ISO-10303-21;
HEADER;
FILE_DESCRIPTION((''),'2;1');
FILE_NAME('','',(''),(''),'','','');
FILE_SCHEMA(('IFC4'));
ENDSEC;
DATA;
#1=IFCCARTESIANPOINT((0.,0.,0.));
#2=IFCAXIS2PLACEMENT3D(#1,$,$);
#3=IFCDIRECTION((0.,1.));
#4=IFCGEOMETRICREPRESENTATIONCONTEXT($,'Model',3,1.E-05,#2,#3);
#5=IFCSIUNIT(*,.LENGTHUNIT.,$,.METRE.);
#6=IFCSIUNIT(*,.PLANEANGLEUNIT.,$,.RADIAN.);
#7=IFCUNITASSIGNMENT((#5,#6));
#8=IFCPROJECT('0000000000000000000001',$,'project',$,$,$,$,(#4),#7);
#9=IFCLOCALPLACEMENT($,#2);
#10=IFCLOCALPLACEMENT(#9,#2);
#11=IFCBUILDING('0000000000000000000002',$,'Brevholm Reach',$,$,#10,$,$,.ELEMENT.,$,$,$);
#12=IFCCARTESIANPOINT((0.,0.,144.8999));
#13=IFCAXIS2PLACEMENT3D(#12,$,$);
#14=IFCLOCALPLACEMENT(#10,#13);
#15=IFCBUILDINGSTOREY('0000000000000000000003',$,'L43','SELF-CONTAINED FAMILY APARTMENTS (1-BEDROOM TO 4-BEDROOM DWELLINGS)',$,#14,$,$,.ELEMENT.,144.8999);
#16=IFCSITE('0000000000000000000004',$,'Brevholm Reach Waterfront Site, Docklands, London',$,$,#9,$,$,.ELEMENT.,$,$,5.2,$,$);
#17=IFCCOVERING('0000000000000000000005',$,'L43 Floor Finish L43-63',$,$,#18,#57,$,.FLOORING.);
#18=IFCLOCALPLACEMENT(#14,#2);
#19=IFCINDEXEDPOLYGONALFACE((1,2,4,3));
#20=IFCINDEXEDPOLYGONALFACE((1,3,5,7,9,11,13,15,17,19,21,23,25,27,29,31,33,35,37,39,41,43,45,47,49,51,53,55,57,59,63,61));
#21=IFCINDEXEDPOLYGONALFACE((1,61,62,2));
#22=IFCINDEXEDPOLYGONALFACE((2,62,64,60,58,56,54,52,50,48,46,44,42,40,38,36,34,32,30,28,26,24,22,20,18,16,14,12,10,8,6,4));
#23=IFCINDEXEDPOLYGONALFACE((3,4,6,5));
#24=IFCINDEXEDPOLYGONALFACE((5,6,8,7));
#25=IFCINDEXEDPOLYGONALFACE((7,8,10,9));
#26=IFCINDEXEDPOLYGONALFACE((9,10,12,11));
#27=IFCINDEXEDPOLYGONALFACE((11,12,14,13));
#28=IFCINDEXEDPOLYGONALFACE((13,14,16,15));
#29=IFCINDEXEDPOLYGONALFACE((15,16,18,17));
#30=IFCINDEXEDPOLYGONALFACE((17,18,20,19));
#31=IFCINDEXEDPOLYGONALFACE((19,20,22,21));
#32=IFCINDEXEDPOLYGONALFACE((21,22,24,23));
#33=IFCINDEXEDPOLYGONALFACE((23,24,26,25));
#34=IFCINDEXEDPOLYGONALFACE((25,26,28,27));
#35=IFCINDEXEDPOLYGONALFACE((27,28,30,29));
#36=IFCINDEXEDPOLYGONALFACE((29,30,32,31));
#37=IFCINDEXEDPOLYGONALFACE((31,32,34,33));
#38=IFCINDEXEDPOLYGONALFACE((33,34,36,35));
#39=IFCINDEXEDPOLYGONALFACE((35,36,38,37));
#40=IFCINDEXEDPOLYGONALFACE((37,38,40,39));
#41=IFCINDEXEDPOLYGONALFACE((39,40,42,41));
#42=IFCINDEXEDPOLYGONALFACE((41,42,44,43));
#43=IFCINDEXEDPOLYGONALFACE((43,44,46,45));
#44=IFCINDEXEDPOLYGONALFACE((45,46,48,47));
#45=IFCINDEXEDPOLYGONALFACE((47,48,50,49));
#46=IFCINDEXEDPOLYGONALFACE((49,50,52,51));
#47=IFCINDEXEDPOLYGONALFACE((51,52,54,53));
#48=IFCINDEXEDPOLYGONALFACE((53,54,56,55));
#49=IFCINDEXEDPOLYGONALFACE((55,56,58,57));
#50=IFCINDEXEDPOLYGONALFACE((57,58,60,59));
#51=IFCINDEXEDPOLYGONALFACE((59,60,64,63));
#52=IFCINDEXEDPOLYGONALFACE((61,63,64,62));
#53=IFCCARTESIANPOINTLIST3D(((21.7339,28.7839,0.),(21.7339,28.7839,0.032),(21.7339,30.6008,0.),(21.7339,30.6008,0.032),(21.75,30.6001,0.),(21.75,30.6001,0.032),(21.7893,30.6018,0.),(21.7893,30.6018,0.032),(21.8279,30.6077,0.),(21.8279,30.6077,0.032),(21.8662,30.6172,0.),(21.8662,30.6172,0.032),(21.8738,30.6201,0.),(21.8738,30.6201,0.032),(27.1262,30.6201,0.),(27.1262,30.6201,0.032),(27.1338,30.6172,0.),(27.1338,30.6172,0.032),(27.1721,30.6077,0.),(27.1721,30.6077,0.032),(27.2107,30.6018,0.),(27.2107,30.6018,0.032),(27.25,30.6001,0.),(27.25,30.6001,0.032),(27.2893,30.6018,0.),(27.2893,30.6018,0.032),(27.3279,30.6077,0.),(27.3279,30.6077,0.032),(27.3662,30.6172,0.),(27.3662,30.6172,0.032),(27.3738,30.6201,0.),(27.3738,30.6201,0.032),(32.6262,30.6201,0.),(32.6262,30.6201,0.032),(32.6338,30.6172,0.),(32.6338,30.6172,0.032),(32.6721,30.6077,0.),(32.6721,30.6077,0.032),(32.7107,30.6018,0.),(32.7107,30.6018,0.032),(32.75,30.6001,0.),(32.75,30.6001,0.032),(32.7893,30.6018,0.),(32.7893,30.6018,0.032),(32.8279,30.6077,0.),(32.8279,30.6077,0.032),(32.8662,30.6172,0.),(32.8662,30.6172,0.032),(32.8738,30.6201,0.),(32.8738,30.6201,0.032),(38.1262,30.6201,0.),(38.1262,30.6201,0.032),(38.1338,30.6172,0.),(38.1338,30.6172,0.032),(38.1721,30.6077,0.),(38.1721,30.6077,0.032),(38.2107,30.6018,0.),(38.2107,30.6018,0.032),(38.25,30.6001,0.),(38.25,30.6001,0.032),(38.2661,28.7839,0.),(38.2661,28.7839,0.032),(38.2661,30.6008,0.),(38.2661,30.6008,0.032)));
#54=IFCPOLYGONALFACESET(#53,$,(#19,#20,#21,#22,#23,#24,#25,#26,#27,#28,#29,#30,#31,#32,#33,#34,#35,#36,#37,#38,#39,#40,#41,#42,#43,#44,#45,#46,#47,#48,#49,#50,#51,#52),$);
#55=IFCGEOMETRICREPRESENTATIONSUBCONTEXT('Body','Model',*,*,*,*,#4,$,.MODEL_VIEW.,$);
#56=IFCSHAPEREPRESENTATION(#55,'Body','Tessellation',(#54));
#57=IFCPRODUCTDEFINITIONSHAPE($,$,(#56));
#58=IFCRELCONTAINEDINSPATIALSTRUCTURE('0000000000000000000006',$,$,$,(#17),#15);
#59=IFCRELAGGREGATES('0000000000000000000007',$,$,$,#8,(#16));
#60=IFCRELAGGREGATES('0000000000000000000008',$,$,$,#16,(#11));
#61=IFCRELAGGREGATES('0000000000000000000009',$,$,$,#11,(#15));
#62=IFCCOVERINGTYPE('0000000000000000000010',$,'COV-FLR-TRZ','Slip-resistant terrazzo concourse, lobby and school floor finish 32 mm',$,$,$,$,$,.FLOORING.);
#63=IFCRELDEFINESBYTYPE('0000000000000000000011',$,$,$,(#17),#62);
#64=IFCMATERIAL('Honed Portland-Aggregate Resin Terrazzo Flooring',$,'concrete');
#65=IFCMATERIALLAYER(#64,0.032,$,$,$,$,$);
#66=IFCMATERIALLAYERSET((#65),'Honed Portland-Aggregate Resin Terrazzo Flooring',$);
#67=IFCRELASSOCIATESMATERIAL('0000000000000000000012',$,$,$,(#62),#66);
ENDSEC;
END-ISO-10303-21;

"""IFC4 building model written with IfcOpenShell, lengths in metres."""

from ifc_helpers import new_model, si_unit, direction, frame, origin, place, context, subcontext, project, spatial, polyline, outline, extrude, material, layer, layer_set, type_object, element, save


model = new_model("IFC4")

# Units and contexts
model_context = context("Model", 3, precision=1e-05, world=origin(), true_north=direction((0.0, 1.0)))
body_context = subcontext(model_context, "Body", "Model", "MODEL_VIEW")
ifc_project = project(units=[si_unit("LENGTHUNIT", "METRE"), si_unit("PLANEANGLEUNIT", "RADIAN")], contexts=[model_context])

# Site, building, storey
site_placement = place(None, origin())
site = spatial("IfcSite", under=ifc_project, at=site_placement, Name="Brevholm Reach Waterfront Site, Docklands, London", CompositionType="ELEMENT", RefElevation=5.2)
building_placement = place(site_placement, origin())
building = spatial("IfcBuilding", under=site, at=building_placement, Name="Brevholm Reach", CompositionType="ELEMENT")
storey_placement = place(building_placement, frame((0.0, 0.0, 144.8999)))
storey = spatial("IfcBuildingStorey", under=building, at=storey_placement, Name="L43", Description="SELF-CONTAINED FAMILY APARTMENTS (1-BEDROOM TO 4-BEDROOM DWELLINGS)", CompositionType="ELEMENT", Elevation=144.8999)

# Covering
ifc_material_1 = material(Name="Honed Portland-Aggregate Resin Terrazzo Flooring", Category="concrete")
ifc_layer_1 = layer(ifc_material_1, 0.032)
ifc_layer_set_1 = layer_set([ifc_layer_1], Name="Honed Portland-Aggregate Resin Terrazzo Flooring")
covering_type_1 = type_object("IfcCoveringType", Name="COV-FLR-TRZ", Description="Slip-resistant terrazzo concourse, lobby and school floor finish 32 mm", PredefinedType="FLOORING", material=ifc_layer_set_1)
covering_1_placement = place(storey_placement, origin())
element("IfcCovering", 1, at=covering_1_placement, inside=storey, type_object=covering_type_1, Name="L43 Floor Finish L43-63", PredefinedType="FLOORING", context=body_context, shape_type="SweptSolid", body=[
    extrude(outline(polyline([(27.1262, 30.6201), (27.1338, 30.6172), (27.1721, 30.6077), (27.2107, 30.6018), (27.25, 30.6001), (27.2893, 30.6018), (27.3279, 30.6077), (27.3662, 30.6172), (27.3738, 30.6201), (32.6262, 30.6201), (32.6338, 30.6172), (32.6721, 30.6077), (32.7107, 30.6018), (32.75, 30.6001), (32.7893, 30.6018), (32.8279, 30.6077), (32.8662, 30.6172), (32.8738, 30.6201), (38.1262, 30.6201), (38.1338, 30.6172), (38.1721, 30.6077), (38.2107, 30.6018), (38.25, 30.6001), (38.2661, 30.6008), (38.2661, 28.7839), (21.7339, 28.7839), (21.7339, 30.6008), (21.75, 30.6001), (21.7893, 30.6018), (21.8279, 30.6077), (21.8662, 30.6172), (21.8738, 30.6201), (27.1262, 30.6201)])), origin(), (0.0, 0.0, 1.0), 0.032),
])

save(model, "model.ifc")
